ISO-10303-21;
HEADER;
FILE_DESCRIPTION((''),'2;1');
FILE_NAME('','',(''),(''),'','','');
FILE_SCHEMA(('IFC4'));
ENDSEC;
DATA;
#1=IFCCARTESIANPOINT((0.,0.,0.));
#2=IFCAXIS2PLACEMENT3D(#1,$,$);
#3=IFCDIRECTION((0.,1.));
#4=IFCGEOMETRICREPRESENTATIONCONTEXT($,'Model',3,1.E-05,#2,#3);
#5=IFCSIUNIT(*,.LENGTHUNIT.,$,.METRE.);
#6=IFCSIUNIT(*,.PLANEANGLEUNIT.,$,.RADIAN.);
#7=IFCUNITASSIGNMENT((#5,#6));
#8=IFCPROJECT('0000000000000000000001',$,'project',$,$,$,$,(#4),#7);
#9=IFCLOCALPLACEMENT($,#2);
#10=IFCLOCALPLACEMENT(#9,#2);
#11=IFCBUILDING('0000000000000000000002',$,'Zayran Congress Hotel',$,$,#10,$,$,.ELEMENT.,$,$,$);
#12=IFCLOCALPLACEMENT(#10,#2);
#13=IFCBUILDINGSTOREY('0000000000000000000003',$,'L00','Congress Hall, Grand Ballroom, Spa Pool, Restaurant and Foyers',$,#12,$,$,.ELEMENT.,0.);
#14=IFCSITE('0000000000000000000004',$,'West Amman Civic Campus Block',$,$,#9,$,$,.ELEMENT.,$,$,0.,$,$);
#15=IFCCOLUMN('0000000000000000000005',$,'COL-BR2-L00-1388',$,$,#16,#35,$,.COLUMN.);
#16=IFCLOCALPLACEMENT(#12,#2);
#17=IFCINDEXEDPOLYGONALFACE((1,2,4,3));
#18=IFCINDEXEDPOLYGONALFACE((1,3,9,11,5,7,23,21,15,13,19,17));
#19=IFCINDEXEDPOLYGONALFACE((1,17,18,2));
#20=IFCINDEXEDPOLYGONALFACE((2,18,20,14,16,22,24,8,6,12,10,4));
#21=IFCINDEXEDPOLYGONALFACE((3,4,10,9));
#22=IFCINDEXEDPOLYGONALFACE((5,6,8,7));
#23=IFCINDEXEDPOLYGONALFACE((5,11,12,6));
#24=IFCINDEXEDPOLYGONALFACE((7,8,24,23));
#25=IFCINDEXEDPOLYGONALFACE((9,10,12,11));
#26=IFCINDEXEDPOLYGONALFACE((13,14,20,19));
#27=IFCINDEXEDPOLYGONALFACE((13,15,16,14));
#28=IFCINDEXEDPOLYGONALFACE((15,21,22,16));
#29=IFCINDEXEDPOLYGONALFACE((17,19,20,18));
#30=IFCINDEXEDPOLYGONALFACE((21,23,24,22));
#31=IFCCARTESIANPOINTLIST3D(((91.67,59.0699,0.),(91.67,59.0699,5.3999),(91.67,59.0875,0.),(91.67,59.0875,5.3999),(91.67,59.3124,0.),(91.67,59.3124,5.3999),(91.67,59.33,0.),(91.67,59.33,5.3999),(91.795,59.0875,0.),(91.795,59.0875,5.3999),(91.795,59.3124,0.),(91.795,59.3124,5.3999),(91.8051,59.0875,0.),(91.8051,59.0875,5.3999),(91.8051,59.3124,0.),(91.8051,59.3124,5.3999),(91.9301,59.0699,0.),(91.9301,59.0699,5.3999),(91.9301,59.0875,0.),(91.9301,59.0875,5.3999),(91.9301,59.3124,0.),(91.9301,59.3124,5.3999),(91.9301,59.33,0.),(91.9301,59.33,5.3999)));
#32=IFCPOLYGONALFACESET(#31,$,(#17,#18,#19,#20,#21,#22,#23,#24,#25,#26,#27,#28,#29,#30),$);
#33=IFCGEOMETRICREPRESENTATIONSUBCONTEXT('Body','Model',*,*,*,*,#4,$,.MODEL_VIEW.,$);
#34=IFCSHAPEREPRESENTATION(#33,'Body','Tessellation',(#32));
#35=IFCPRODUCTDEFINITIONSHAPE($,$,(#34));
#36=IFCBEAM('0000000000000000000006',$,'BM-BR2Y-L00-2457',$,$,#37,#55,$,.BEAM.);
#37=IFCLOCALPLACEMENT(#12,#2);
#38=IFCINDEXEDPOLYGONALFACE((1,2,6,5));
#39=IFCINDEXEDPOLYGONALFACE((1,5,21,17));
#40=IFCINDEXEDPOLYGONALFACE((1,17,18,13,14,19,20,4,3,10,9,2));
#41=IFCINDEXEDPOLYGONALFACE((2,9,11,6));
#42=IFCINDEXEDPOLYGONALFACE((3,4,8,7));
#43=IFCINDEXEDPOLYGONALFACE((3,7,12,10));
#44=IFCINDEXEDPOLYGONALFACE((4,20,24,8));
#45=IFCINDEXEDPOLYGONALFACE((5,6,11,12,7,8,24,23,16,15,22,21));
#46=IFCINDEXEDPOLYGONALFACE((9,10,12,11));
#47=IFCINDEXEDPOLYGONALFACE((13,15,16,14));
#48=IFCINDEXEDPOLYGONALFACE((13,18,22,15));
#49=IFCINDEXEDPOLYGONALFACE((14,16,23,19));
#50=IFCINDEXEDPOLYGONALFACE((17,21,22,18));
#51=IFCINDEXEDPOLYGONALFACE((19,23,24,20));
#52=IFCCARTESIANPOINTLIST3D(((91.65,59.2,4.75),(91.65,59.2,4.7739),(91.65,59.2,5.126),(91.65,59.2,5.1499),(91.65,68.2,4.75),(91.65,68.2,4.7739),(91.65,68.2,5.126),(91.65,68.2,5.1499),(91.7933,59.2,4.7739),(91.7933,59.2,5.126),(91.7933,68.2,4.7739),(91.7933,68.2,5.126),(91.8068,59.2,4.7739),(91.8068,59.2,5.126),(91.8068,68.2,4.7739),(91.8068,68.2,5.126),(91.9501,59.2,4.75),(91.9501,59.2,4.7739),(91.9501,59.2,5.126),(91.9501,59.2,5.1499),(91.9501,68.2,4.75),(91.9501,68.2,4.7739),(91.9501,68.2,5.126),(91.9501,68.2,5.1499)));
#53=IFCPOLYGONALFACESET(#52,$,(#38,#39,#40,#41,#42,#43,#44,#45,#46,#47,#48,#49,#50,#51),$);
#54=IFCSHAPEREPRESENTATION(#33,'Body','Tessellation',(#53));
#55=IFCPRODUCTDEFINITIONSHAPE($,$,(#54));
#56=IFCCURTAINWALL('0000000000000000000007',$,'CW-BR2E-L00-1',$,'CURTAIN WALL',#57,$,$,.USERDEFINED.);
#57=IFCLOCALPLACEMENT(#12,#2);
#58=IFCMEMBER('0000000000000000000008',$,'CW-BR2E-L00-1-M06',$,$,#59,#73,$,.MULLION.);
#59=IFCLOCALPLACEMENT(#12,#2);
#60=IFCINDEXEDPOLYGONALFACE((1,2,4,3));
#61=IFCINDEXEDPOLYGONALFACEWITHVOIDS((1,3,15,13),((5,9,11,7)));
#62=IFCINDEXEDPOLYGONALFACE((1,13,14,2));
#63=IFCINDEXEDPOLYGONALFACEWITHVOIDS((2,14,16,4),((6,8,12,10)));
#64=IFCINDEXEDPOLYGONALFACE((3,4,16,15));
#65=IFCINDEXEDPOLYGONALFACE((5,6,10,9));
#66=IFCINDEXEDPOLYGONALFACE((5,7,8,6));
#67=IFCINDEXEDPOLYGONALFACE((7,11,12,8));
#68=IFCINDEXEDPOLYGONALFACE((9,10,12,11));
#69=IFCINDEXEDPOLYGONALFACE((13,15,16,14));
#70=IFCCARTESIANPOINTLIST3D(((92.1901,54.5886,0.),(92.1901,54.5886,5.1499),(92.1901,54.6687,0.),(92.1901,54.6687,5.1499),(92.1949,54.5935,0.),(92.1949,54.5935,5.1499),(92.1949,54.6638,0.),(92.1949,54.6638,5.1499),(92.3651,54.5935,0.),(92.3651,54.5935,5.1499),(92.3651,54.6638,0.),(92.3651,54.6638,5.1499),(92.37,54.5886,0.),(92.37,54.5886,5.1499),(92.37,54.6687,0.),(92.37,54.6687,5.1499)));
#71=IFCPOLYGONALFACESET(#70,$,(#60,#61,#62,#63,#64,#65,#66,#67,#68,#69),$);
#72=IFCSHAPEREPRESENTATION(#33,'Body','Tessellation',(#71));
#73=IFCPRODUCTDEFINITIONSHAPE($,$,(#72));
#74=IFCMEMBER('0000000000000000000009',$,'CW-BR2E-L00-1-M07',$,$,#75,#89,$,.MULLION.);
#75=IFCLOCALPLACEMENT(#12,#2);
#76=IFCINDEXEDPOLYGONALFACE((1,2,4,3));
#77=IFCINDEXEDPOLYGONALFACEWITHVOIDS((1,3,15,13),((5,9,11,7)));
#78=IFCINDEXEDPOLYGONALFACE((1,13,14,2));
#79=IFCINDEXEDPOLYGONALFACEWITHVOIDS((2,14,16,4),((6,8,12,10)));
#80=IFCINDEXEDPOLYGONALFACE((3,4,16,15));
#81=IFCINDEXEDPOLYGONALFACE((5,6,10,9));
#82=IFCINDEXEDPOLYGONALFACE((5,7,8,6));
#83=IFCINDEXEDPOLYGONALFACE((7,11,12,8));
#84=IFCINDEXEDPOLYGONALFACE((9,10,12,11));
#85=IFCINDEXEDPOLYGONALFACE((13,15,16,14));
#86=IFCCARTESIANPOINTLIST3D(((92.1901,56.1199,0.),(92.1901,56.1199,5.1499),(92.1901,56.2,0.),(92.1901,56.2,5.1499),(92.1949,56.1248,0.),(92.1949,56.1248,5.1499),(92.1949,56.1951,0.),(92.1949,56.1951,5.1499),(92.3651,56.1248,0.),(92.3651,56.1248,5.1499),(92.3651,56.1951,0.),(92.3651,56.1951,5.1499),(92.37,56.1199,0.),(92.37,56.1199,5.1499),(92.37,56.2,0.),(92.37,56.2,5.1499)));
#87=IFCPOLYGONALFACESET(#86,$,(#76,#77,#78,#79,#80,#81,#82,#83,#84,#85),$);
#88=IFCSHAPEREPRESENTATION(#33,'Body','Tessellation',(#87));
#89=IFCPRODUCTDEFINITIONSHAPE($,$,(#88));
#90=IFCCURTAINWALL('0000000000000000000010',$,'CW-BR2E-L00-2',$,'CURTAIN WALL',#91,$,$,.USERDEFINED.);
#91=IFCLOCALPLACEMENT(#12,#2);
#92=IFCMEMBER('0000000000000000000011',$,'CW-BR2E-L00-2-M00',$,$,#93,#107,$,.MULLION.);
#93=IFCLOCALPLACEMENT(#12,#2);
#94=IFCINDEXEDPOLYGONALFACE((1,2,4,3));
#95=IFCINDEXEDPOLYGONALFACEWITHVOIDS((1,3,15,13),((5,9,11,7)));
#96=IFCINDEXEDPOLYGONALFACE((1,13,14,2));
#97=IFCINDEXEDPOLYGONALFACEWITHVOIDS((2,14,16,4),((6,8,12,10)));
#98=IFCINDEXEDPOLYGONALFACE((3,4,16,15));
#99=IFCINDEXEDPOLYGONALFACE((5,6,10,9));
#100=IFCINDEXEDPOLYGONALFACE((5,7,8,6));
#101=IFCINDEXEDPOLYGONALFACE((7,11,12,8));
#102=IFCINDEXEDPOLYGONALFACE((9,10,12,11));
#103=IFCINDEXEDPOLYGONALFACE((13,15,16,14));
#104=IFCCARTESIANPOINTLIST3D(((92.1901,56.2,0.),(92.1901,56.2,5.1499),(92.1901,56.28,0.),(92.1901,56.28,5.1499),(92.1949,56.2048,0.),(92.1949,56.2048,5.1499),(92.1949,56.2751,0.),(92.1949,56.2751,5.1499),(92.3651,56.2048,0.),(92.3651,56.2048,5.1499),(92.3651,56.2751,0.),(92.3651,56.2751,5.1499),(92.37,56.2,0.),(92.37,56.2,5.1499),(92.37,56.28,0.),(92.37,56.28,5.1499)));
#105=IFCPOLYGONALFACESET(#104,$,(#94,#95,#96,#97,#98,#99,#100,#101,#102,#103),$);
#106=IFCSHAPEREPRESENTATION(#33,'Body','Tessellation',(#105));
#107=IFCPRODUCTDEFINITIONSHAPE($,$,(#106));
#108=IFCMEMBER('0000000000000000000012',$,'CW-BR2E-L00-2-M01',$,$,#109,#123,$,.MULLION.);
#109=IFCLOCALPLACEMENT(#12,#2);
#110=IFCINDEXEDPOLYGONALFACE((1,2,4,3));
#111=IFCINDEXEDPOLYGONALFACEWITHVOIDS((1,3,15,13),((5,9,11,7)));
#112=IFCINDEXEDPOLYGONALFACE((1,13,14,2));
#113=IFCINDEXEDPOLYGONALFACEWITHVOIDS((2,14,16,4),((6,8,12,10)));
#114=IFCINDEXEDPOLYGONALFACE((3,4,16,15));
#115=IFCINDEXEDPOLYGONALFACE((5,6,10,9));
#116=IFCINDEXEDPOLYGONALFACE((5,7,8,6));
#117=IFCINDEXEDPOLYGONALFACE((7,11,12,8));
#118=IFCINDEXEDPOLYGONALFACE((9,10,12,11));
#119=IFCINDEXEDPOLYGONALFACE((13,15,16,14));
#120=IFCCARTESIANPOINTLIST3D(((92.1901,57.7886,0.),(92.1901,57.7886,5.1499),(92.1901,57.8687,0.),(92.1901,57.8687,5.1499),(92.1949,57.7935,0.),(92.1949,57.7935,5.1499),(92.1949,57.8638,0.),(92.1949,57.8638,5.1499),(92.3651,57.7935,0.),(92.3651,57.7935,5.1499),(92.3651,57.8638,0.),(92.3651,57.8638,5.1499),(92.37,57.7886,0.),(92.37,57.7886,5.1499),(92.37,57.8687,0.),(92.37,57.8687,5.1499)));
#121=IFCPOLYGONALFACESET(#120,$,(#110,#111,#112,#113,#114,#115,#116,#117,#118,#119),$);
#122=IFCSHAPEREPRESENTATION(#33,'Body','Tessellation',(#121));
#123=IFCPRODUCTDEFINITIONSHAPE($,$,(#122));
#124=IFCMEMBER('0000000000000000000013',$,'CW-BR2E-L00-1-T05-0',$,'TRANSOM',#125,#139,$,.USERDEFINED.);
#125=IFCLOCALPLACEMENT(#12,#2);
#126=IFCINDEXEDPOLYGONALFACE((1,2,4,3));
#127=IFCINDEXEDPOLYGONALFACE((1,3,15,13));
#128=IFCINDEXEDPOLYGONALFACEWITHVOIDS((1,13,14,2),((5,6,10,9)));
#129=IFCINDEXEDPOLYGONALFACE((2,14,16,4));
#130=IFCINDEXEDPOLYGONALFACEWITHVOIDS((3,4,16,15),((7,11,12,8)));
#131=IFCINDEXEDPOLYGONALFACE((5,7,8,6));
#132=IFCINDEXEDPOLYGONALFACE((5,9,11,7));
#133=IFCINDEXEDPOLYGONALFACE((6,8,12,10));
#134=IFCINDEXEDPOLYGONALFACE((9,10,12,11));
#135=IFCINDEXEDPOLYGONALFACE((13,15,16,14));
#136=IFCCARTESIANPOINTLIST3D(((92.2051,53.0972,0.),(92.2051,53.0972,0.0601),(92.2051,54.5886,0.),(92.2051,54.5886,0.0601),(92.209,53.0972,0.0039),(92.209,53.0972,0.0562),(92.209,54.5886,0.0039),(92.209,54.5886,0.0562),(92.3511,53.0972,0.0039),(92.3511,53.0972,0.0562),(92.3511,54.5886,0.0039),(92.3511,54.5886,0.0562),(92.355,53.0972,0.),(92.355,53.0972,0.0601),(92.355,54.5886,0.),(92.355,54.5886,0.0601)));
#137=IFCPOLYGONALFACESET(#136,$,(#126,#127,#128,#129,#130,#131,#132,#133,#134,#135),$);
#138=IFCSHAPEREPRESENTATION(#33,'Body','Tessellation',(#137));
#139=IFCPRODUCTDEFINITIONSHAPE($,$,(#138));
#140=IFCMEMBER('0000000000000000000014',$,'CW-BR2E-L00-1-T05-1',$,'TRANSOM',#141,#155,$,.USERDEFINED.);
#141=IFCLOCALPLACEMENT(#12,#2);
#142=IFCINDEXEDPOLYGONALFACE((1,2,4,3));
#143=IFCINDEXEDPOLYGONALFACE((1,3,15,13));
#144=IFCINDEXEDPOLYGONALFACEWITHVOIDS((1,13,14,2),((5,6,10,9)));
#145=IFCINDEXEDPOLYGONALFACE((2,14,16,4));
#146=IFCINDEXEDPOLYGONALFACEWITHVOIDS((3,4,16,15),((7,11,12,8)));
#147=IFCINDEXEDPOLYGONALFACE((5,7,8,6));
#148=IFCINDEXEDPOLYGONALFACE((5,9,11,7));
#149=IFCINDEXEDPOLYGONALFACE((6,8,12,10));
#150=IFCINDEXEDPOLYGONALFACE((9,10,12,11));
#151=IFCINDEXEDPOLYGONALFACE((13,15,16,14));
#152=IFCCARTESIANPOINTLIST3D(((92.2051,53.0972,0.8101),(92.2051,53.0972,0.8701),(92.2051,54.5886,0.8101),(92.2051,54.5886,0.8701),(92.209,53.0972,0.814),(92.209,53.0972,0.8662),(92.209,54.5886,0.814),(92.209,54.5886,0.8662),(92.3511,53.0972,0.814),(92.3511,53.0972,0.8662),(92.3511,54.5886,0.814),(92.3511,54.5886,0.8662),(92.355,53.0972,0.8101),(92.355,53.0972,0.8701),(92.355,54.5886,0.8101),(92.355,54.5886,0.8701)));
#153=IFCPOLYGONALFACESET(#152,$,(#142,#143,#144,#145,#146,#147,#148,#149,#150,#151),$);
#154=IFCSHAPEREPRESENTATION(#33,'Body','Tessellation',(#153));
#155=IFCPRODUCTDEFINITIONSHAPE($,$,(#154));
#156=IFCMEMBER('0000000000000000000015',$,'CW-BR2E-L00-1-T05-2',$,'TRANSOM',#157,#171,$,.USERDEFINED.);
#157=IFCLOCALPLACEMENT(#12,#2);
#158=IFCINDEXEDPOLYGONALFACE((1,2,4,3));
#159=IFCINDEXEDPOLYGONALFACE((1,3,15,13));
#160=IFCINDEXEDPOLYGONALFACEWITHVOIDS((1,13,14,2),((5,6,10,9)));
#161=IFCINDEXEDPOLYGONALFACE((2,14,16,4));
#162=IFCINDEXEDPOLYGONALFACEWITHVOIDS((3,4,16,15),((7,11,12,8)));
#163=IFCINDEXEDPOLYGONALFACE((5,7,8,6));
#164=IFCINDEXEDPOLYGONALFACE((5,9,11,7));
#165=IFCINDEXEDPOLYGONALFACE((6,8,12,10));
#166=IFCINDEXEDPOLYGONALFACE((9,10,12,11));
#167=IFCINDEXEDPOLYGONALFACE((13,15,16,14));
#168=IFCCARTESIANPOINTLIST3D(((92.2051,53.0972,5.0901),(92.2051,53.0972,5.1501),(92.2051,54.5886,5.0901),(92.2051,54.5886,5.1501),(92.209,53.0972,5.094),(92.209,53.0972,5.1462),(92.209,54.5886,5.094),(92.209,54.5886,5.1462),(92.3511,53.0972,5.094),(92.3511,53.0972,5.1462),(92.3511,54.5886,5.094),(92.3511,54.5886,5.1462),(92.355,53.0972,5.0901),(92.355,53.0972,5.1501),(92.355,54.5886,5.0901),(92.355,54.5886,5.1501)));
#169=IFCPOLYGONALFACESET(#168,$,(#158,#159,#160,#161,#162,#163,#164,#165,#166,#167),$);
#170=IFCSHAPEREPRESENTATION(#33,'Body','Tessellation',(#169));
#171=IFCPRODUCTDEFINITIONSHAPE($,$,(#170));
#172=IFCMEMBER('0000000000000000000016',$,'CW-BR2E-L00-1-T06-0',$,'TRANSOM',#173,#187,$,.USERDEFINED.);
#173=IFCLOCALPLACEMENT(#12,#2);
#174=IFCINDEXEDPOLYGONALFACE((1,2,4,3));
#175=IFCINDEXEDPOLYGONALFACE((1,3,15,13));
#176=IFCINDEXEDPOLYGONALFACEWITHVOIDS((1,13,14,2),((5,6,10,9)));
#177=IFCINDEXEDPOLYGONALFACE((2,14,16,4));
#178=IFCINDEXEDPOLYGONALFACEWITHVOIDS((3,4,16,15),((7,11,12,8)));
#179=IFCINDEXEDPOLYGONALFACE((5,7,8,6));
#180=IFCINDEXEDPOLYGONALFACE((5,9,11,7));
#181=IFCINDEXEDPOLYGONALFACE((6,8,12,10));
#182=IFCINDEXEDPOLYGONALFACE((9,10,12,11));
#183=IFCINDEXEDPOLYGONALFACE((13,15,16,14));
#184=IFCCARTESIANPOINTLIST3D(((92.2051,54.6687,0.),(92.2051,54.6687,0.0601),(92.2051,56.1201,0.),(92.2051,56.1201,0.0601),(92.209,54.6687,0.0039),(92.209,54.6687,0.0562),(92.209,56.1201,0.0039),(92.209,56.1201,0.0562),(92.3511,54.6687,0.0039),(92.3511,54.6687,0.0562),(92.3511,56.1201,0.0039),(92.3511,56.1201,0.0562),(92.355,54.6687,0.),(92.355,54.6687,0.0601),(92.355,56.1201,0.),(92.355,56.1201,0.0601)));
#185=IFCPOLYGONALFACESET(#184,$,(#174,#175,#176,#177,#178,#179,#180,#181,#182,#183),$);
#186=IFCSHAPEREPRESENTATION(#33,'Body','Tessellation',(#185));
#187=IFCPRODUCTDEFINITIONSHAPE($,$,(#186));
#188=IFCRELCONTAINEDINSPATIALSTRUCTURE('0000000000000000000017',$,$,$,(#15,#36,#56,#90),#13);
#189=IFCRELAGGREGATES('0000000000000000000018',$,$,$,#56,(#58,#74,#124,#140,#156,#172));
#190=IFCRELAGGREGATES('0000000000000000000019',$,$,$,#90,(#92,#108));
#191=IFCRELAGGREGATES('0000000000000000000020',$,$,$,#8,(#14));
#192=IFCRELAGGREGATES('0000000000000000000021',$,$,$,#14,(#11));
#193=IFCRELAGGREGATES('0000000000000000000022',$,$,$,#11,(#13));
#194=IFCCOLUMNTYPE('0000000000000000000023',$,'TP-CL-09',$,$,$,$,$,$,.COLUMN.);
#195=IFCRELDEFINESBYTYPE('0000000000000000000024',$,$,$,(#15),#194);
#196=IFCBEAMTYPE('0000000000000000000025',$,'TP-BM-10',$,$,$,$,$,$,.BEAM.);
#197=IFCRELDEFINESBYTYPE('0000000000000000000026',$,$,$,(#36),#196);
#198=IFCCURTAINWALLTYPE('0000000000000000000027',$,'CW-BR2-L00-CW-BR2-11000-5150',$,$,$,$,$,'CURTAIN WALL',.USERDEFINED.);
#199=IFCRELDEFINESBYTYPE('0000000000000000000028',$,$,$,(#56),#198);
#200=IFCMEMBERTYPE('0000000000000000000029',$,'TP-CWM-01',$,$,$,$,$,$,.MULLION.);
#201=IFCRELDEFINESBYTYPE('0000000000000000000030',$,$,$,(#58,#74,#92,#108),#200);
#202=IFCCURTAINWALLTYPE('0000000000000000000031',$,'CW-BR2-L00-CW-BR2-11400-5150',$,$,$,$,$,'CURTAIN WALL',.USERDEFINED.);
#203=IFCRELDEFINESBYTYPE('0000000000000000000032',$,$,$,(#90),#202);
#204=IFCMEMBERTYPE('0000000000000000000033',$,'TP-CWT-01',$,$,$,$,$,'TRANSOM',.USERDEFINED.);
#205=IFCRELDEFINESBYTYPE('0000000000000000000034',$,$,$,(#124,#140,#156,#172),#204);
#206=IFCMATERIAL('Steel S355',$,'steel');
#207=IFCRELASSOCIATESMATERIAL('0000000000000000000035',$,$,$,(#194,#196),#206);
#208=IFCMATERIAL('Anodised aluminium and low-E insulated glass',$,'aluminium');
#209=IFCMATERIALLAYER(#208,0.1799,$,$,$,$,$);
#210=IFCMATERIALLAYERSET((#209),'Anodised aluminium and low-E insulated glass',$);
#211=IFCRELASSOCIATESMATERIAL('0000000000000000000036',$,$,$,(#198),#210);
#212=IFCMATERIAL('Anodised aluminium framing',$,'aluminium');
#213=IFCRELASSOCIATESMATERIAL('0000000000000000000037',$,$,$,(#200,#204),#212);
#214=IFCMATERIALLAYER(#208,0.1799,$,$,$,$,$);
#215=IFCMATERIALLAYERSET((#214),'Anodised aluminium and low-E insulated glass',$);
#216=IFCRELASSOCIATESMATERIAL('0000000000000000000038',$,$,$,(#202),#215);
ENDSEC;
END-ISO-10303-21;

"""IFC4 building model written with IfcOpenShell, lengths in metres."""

from ifc_helpers import new_model, si_unit, direction, frame, origin, origin_2d, place, context, subcontext, project, spatial, hollow_rectangle, i_section, extrude, material, layer, layer_set, material_profile, profile_set, type_object, element, aggregate, save


model = new_model("IFC4")

# Units and contexts
model_context = context("Model", 3, precision=1e-05, world=origin(), true_north=direction((0.0, 1.0)))
body_context = subcontext(model_context, "Body", "Model", "MODEL_VIEW")
ifc_project = project(units=[si_unit("LENGTHUNIT", "METRE"), si_unit("PLANEANGLEUNIT", "RADIAN")], contexts=[model_context])

# Site, building, storey
site_placement = place(None, origin())
site = spatial("IfcSite", under=ifc_project, at=site_placement, Name="West Amman Civic Campus Block", CompositionType="ELEMENT", RefElevation=0.0)
building_placement = place(site_placement, origin())
building = spatial("IfcBuilding", under=site, at=building_placement, Name="Zayran Congress Hotel", CompositionType="ELEMENT")
storey_placement = place(building_placement, origin())
storey = spatial("IfcBuildingStorey", under=building, at=storey_placement, Name="L00", Description="Congress Hall, Grand Ballroom, Spa Pool, Restaurant and Foyers", CompositionType="ELEMENT", Elevation=0.0)

# Column
ifc_material_1 = material(Name="Steel S355", Category="steel")
ifc_material_profile_1 = material_profile(ifc_material_1, i_section(OverallWidth=0.26, OverallDepth=0.26, WebThickness=0.01, FlangeThickness=0.0176, at=origin_2d()), Name="HEB 260")
ifc_profile_set_1 = profile_set([ifc_material_profile_1], Name="Steel S355")
column_type = type_object("IfcColumnType", Name="TP-CL-09", PredefinedType="COLUMN", material=ifc_profile_set_1)
column_placement = place(storey_placement, frame((91.8, 59.2, 0.0), z_axis=(0.0, 0.0, 1.0), x_axis=(1.0, 0.0, 0.0)))
element("IfcColumn", 1, at=column_placement, inside=storey, type_object=column_type, Name="COL-BR2-L00-1388", PredefinedType="COLUMN", context=body_context, shape_type="SweptSolid", body=[
    extrude(i_section(OverallWidth=0.26, OverallDepth=0.26, WebThickness=0.01, FlangeThickness=0.0176, at=origin_2d()), origin(), (0.0, 0.0, 1.0), 5.3999),
])

# Beam
ifc_material_profile_2 = material_profile(ifc_material_1, i_section(OverallWidth=0.3, OverallDepth=0.3999, WebThickness=0.0134, FlangeThickness=0.0239, at=origin_2d()), Name="HEB 400")
ifc_profile_set_2 = profile_set([ifc_material_profile_2], Name="Steel S355")
beam_type = type_object("IfcBeamType", Name="TP-BM-10", PredefinedType="BEAM", material=ifc_profile_set_2)
beam_placement = place(storey_placement, frame((91.8, 59.2, 4.95), z_axis=(0.0, 1.0, 0.0), x_axis=(-1.0, 0.0, 0.0)))
element("IfcBeam", 2, at=beam_placement, inside=storey, type_object=beam_type, Name="BM-BR2Y-L00-2457", PredefinedType="BEAM", context=body_context, shape_type="SweptSolid", body=[
    extrude(i_section(OverallWidth=0.3, OverallDepth=0.3999, WebThickness=0.0134, FlangeThickness=0.0239, at=origin_2d()), origin(), (0.0, 0.0, 1.0), 9.0),
])

# Curtain walls, members
ifc_material_2 = material(Name="Anodised aluminium and low-E insulated glass", Category="aluminium")
ifc_layer_1 = layer(ifc_material_2, 0.1799)
ifc_layer_set_1 = layer_set([ifc_layer_1], Name="Anodised aluminium and low-E insulated glass")
curtain_wall_type_1 = type_object("IfcCurtainWallType", Name="CW-BR2-L00-CW-BR2-11000-5150", ElementType="CURTAIN WALL", PredefinedType="USERDEFINED", material=ifc_layer_set_1)
curtain_wall_1_placement = place(storey_placement, origin())
curtain_wall_1 = element("IfcCurtainWall", 3, at=curtain_wall_1_placement, inside=storey, type_object=curtain_wall_type_1, Name="CW-BR2E-L00-1", ObjectType="CURTAIN WALL", PredefinedType="USERDEFINED")
ifc_material_3 = material(Name="Anodised aluminium framing", Category="aluminium")
ifc_material_profile_3 = material_profile(ifc_material_3, hollow_rectangle(XDim=0.0801, YDim=0.1799, WallThickness=0.0049, at=origin_2d()), Name="RHS 180x80x5")
ifc_profile_set_3 = profile_set([ifc_material_profile_3], Name="Anodised aluminium framing")
member_type_1 = type_object("IfcMemberType", Name="TP-CWM-01", PredefinedType="MULLION", material=ifc_profile_set_3)
member_1_placement = place(storey_placement, frame((92.28, 54.6287, 0.0), z_axis=(0.0, 0.0, 1.0), x_axis=(0.0, 1.0, 0.0)))
member_1 = element("IfcMember", 4, at=member_1_placement, type_object=member_type_1, Name="CW-BR2E-L00-1-M06", PredefinedType="MULLION", context=body_context, shape_type="SweptSolid", body=[
    extrude(hollow_rectangle(XDim=0.0801, YDim=0.1799, WallThickness=0.0049, at=origin_2d()), origin(), (0.0, 0.0, 1.0), 5.1499),
])
member_2_placement = place(storey_placement, frame((92.28, 56.1599, 0.0), z_axis=(0.0, 0.0, 1.0), x_axis=(0.0, 1.0, 0.0)))
member_2 = element("IfcMember", 5, at=member_2_placement, type_object=member_type_1, Name="CW-BR2E-L00-1-M07", PredefinedType="MULLION", context=body_context, shape_type="SweptSolid", body=[
    extrude(hollow_rectangle(XDim=0.0801, YDim=0.1799, WallThickness=0.0049, at=origin_2d()), origin(), (0.0, 0.0, 1.0), 5.1499),
])
ifc_layer_2 = layer(ifc_material_2, 0.1799)
ifc_layer_set_2 = layer_set([ifc_layer_2], Name="Anodised aluminium and low-E insulated glass")
curtain_wall_type_2 = type_object("IfcCurtainWallType", Name="CW-BR2-L00-CW-BR2-11400-5150", ElementType="CURTAIN WALL", PredefinedType="USERDEFINED", material=ifc_layer_set_2)
curtain_wall_2_placement = place(storey_placement, origin())
curtain_wall_2 = element("IfcCurtainWall", 6, at=curtain_wall_2_placement, inside=storey, type_object=curtain_wall_type_2, Name="CW-BR2E-L00-2", ObjectType="CURTAIN WALL", PredefinedType="USERDEFINED")
member_3_placement = place(storey_placement, frame((92.28, 56.24, 0.0), z_axis=(0.0, 0.0, 1.0), x_axis=(0.0, 1.0, 0.0)))
member_3 = element("IfcMember", 7, at=member_3_placement, type_object=member_type_1, Name="CW-BR2E-L00-2-M00", PredefinedType="MULLION", context=body_context, shape_type="SweptSolid", body=[
    extrude(hollow_rectangle(XDim=0.0801, YDim=0.1799, WallThickness=0.0049, at=origin_2d()), origin(), (0.0, 0.0, 1.0), 5.1499),
])
member_4_placement = place(storey_placement, frame((92.28, 57.8286, 0.0), z_axis=(0.0, 0.0, 1.0), x_axis=(0.0, 1.0, 0.0)))
member_4 = element("IfcMember", 8, at=member_4_placement, type_object=member_type_1, Name="CW-BR2E-L00-2-M01", PredefinedType="MULLION", context=body_context, shape_type="SweptSolid", body=[
    extrude(hollow_rectangle(XDim=0.0801, YDim=0.1799, WallThickness=0.0049, at=origin_2d()), origin(), (0.0, 0.0, 1.0), 5.1499),
])

# Members
ifc_material_profile_4 = material_profile(ifc_material_3, hollow_rectangle(XDim=0.0601, YDim=0.1499, WallThickness=0.0039, at=origin_2d()), Name="RHS 150x60x4")
ifc_profile_set_4 = profile_set([ifc_material_profile_4], Name="Anodised aluminium framing")
member_type_2 = type_object("IfcMemberType", Name="TP-CWT-01", ElementType="TRANSOM", PredefinedType="USERDEFINED", material=ifc_profile_set_4)
member_5_placement = place(storey_placement, frame((92.28, 53.0972, 0.03), z_axis=(0.0, 1.0, 0.0), x_axis=(0.0, 0.0, 1.0)))
member_5 = element("IfcMember", 9, at=member_5_placement, type_object=member_type_2, Name="CW-BR2E-L00-1-T05-0", ObjectType="TRANSOM", PredefinedType="USERDEFINED", context=body_context, shape_type="SweptSolid", body=[
    extrude(hollow_rectangle(XDim=0.0601, YDim=0.1499, WallThickness=0.0039, at=origin_2d()), origin(), (0.0, 0.0, 1.0), 1.4915),
])
member_6_placement = place(storey_placement, frame((92.28, 53.0972, 0.8401), z_axis=(0.0, 1.0, 0.0), x_axis=(0.0, 0.0, 1.0)))
member_6 = element("IfcMember", 10, at=member_6_placement, type_object=member_type_2, Name="CW-BR2E-L00-1-T05-1", ObjectType="TRANSOM", PredefinedType="USERDEFINED", context=body_context, shape_type="SweptSolid", body=[
    extrude(hollow_rectangle(XDim=0.0601, YDim=0.1499, WallThickness=0.0039, at=origin_2d()), origin(), (0.0, 0.0, 1.0), 1.4915),
])
member_7_placement = place(storey_placement, frame((92.28, 53.0972, 5.1201), z_axis=(0.0, 1.0, 0.0), x_axis=(0.0, 0.0, 1.0)))
member_7 = element("IfcMember", 11, at=member_7_placement, type_object=member_type_2, Name="CW-BR2E-L00-1-T05-2", ObjectType="TRANSOM", PredefinedType="USERDEFINED", context=body_context, shape_type="SweptSolid", body=[
    extrude(hollow_rectangle(XDim=0.0601, YDim=0.1499, WallThickness=0.0039, at=origin_2d()), origin(), (0.0, 0.0, 1.0), 1.4915),
])
member_8_placement = place(storey_placement, frame((92.28, 54.6687, 0.03), z_axis=(0.0, 1.0, 0.0), x_axis=(0.0, 0.0, 1.0)))
member_8 = element("IfcMember", 12, at=member_8_placement, type_object=member_type_2, Name="CW-BR2E-L00-1-T06-0", ObjectType="TRANSOM", PredefinedType="USERDEFINED", context=body_context, shape_type="SweptSolid", body=[
    extrude(hollow_rectangle(XDim=0.0601, YDim=0.1499, WallThickness=0.0039, at=origin_2d()), origin(), (0.0, 0.0, 1.0), 1.4514),
])

aggregate(curtain_wall_1, [member_1, member_2, member_5, member_6, member_7, member_8])
aggregate(curtain_wall_2, [member_3, member_4])

save(model, "model.ifc")
